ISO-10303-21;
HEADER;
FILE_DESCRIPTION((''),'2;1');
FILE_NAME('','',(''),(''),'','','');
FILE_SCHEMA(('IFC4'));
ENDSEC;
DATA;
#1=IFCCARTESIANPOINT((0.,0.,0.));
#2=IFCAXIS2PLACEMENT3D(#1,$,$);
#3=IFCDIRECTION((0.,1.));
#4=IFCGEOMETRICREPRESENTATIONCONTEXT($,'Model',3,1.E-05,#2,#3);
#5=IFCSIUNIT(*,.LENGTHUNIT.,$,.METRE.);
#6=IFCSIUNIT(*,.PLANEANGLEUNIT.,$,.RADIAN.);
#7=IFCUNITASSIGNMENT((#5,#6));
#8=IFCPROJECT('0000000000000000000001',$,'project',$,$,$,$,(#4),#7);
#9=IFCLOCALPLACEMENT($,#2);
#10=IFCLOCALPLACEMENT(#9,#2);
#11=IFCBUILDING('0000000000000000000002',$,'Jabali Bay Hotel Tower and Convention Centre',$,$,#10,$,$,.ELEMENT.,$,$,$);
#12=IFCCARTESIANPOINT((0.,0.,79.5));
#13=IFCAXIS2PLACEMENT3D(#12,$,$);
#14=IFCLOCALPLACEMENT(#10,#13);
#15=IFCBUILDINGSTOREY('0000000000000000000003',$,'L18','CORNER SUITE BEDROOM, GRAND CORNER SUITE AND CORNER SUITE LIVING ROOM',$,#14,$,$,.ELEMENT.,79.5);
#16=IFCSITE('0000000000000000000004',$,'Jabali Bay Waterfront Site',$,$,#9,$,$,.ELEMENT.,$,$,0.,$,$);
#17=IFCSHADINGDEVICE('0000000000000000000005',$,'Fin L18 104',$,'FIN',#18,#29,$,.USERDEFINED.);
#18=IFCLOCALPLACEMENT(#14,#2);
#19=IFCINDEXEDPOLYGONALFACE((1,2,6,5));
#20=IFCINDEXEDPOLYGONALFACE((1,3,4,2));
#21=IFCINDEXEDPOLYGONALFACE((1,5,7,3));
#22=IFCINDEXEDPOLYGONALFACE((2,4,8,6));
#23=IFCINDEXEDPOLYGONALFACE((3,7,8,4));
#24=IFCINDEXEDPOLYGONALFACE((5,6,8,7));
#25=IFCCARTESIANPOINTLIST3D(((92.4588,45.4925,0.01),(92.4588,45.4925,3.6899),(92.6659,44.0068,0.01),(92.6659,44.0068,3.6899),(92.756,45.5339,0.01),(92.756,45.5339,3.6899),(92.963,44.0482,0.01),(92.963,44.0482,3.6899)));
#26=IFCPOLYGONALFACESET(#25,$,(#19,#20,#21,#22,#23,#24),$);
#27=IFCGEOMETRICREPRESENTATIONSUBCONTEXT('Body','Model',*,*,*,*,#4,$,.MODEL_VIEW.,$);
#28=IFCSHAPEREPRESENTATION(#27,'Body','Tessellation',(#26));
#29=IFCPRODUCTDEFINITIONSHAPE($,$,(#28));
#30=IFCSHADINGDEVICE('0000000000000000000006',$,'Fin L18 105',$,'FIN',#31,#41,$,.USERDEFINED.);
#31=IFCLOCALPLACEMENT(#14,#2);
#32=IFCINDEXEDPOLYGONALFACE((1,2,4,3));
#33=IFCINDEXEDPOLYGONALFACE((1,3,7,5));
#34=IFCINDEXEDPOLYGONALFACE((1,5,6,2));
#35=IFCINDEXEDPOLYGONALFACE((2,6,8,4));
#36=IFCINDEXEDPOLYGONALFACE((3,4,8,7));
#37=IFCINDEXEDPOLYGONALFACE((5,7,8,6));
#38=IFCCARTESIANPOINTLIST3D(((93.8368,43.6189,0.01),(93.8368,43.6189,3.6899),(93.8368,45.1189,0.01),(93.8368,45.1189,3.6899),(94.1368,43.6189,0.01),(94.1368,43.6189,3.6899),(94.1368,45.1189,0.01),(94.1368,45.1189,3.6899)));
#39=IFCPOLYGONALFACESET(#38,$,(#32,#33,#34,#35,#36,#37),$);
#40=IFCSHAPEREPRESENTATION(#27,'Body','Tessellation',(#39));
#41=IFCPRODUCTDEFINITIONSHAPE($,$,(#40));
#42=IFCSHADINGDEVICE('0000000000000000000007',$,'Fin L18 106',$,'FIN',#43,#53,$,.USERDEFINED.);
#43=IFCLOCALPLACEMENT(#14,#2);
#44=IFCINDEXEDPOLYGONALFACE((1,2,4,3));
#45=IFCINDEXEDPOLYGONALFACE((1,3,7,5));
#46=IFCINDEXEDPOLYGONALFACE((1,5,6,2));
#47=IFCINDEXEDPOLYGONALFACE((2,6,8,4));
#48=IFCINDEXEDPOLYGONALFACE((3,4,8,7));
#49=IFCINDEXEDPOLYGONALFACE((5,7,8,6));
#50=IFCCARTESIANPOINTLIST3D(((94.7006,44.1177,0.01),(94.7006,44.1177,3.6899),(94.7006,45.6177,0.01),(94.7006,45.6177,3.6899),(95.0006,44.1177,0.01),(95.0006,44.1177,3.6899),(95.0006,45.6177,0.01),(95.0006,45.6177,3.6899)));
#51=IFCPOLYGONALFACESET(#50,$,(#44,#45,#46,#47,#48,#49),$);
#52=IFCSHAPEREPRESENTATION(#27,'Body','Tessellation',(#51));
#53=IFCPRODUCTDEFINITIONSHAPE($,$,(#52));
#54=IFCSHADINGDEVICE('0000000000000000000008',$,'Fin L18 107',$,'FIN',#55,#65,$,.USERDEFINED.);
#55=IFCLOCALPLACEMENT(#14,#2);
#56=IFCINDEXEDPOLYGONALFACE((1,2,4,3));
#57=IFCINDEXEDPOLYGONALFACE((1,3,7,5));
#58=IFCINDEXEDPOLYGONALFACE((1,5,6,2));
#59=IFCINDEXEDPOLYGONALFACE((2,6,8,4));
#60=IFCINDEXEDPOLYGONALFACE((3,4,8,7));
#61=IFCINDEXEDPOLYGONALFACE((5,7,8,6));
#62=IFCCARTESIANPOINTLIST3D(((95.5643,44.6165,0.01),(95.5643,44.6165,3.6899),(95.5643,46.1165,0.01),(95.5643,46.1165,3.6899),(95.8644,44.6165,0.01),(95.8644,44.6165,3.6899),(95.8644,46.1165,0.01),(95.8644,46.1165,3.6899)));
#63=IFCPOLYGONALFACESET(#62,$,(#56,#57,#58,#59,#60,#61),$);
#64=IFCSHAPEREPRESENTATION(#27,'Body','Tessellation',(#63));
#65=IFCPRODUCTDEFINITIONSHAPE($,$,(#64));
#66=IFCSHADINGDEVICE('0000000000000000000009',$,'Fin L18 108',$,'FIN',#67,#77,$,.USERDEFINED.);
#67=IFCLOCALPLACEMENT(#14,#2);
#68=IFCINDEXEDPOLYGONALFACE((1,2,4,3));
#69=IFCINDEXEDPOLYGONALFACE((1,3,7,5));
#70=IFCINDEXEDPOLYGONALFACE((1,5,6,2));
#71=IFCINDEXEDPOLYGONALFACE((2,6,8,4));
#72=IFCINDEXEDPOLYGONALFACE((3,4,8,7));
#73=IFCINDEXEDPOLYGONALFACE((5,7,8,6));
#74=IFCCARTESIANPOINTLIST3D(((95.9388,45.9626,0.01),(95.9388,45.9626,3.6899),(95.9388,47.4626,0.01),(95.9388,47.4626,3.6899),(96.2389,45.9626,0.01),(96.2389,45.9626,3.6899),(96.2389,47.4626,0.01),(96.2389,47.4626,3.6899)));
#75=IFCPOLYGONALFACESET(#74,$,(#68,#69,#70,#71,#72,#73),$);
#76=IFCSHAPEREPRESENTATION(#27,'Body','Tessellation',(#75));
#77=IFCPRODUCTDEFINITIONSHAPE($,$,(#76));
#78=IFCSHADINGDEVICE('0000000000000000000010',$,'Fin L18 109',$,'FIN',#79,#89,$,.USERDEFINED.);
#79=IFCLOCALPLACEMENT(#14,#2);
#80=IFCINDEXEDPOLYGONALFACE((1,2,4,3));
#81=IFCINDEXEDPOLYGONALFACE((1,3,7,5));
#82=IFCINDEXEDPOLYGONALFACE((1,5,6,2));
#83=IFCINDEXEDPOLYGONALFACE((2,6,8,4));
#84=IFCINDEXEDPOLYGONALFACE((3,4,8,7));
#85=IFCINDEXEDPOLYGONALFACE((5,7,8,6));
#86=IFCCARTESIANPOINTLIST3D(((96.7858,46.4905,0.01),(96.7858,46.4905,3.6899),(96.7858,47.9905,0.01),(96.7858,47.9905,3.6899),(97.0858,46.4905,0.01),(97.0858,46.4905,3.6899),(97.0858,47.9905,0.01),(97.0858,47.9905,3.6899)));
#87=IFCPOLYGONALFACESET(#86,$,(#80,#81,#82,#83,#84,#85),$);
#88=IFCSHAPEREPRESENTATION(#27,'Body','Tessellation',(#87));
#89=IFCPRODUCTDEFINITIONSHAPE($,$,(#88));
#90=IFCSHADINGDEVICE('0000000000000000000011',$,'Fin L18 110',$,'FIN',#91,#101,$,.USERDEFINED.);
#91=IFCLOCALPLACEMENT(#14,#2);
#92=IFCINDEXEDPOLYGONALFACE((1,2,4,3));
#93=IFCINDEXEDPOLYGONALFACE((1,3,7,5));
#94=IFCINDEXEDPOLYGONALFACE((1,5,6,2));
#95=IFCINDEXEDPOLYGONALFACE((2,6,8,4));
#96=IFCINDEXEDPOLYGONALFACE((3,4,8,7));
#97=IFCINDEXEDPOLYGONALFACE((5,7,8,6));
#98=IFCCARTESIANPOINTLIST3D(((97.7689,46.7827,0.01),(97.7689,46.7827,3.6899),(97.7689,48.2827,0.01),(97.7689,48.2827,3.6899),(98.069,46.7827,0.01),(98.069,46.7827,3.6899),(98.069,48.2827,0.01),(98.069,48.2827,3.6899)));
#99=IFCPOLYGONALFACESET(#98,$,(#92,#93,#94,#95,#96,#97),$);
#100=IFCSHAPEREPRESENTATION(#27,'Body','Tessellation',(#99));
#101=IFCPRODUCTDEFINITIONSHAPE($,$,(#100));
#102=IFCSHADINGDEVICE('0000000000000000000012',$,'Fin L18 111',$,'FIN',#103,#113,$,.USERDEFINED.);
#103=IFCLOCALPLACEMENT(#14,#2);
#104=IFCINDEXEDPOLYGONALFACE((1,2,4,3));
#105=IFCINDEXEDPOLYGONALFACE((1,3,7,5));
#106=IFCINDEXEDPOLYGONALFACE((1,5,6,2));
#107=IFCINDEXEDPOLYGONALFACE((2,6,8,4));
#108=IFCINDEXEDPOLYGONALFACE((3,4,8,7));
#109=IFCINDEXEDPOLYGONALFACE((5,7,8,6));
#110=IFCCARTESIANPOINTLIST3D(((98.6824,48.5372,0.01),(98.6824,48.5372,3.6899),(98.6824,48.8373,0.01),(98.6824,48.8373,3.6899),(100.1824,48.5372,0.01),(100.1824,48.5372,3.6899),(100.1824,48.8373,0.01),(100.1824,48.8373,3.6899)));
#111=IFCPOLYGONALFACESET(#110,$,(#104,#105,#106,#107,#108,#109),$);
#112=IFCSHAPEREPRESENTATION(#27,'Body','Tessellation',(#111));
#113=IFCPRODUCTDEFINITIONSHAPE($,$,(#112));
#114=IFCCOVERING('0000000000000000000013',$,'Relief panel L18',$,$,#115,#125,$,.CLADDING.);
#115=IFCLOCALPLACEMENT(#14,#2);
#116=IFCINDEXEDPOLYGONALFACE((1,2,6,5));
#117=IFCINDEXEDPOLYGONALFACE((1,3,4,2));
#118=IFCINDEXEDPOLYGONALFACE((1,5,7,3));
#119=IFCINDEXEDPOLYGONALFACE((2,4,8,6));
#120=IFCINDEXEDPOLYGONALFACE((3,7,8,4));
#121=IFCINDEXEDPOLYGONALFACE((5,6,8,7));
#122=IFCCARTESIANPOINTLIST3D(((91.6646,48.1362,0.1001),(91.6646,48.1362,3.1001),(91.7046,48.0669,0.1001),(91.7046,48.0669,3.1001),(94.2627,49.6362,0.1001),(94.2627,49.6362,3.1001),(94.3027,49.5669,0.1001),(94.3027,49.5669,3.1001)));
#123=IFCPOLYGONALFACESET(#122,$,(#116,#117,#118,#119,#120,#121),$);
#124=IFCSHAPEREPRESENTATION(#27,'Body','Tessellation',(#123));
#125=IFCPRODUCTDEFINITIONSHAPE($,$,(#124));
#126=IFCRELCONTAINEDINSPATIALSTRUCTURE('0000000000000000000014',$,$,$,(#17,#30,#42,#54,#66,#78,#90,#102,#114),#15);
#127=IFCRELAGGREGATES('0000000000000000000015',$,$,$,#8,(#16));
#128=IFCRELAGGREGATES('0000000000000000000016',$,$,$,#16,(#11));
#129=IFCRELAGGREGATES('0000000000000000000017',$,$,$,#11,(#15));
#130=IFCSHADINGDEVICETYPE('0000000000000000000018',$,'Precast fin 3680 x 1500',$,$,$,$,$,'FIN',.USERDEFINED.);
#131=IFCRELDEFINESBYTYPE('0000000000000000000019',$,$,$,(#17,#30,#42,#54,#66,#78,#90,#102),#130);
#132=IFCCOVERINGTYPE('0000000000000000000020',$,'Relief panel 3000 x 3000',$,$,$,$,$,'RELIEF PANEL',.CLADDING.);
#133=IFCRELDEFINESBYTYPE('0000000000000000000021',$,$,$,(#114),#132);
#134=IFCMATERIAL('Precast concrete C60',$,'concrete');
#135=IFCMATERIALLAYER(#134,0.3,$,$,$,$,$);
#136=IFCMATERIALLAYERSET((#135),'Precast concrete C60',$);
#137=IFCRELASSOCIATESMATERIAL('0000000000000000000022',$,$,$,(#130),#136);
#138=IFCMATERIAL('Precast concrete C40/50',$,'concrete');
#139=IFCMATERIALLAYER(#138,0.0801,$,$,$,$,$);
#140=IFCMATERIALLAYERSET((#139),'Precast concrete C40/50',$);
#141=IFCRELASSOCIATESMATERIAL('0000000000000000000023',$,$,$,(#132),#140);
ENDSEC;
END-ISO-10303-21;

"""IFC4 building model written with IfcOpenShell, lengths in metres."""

from ifc_helpers import new_model, si_unit, direction, frame, frame_2d, origin, origin_2d, place, context, subcontext, project, spatial, rectangle, extrude, material, layer, layer_set, type_object, element, save


model = new_model("IFC4")

# Units and contexts
model_context = context("Model", 3, precision=1e-05, world=origin(), true_north=direction((0.0, 1.0)))
body_context = subcontext(model_context, "Body", "Model", "MODEL_VIEW")
ifc_project = project(units=[si_unit("LENGTHUNIT", "METRE"), si_unit("PLANEANGLEUNIT", "RADIAN")], contexts=[model_context])

# Site, building, storey
site_placement = place(None, origin())
site = spatial("IfcSite", under=ifc_project, at=site_placement, Name="Jabali Bay Waterfront Site", CompositionType="ELEMENT", RefElevation=0.0)
building_placement = place(site_placement, origin())
building = spatial("IfcBuilding", under=site, at=building_placement, Name="Jabali Bay Hotel Tower and Convention Centre", CompositionType="ELEMENT")
storey_placement = place(building_placement, frame((0.0, 0.0, 79.5)))
storey = spatial("IfcBuildingStorey", under=building, at=storey_placement, Name="L18", Description="CORNER SUITE BEDROOM, GRAND CORNER SUITE AND CORNER SUITE LIVING ROOM", CompositionType="ELEMENT", Elevation=79.5)

# Shading devices
ifc_material_1 = material(Name="Precast concrete C60", Category="concrete")
ifc_layer_1 = layer(ifc_material_1, 0.3)
ifc_layer_set_1 = layer_set([ifc_layer_1], Name="Precast concrete C60")
shading_device_type = type_object("IfcShadingDeviceType", Name="Precast fin 3680 x 1500", ElementType="FIN", PredefinedType="USERDEFINED", material=ifc_layer_set_1)
for number, where, z_axis, x_axis, name in (
    (1, (92.6074, 45.5132, 0.01), (0.0, 0.0, 1.0), (0.138025, -0.990429, 0.0), "Fin L18 104"),
    (2, (93.9868, 45.1189, 0.01), (0.0, 0.0, 1.0), (0.0, -1.0, 0.0), "Fin L18 105"),
    (3, (94.8506, 45.6177, 0.01), (0.0, 0.0, 1.0), (0.0, -1.0, 0.0), "Fin L18 106"),
    (4, (95.7144, 46.1165, 0.01), (0.0, 0.0, 1.0), (0.0, -1.0, 0.0), "Fin L18 107"),
    (5, (96.0889, 47.4626, 0.01), (0.0, 0.0, 1.0), (0.0, -1.0, 0.0), "Fin L18 108"),
    (6, (96.9358, 47.9905, 0.01), (0.0, 0.0, 1.0), (0.0, -1.0, 0.0), "Fin L18 109"),
    (7, (97.9189, 48.2827, 0.01), (0.0, 0.0, 1.0), (0.0, -1.0, 0.0), "Fin L18 110"),
    (8, (98.6824, 48.6873, 0.01), (0.0, 0.0, 1.0), (1.0, 0.0, 0.0), "Fin L18 111"),
):
    element("IfcShadingDevice", number, at=place(storey_placement, frame(where, z_axis=z_axis, x_axis=x_axis)), inside=storey, type_object=shading_device_type, Name=name, ObjectType="FIN", PredefinedType="USERDEFINED", context=body_context, shape_type="SweptSolid", body=[
        extrude(rectangle(XDim=1.5, YDim=0.3, at=frame_2d((0.75, 0.0))), origin(), (0.0, 0.0, 1.0), 3.6799),
    ])

# Covering
ifc_material_2 = material(Name="Precast concrete C40/50", Category="concrete")
ifc_layer_2 = layer(ifc_material_2, 0.0801)
ifc_layer_set_2 = layer_set([ifc_layer_2], Name="Precast concrete C40/50")
covering_type = type_object("IfcCoveringType", Name="Relief panel 3000 x 3000", ElementType="RELIEF PANEL", PredefinedType="CLADDING", material=ifc_layer_set_2)
covering_placement = place(storey_placement, frame((92.9836, 48.8516, 0.1001), z_axis=(0.0, 0.0, 1.0), x_axis=(-0.866025, -0.5, 0.0)))
element("IfcCovering", 9, at=covering_placement, inside=storey, type_object=covering_type, Name="Relief panel L18", PredefinedType="CLADDING", context=body_context, shape_type="SweptSolid", body=[
    extrude(rectangle(XDim=3.0, YDim=0.0801, at=origin_2d()), origin(), (0.0, 0.0, 1.0), 3.0),
])

save(model, "model.ifc")
